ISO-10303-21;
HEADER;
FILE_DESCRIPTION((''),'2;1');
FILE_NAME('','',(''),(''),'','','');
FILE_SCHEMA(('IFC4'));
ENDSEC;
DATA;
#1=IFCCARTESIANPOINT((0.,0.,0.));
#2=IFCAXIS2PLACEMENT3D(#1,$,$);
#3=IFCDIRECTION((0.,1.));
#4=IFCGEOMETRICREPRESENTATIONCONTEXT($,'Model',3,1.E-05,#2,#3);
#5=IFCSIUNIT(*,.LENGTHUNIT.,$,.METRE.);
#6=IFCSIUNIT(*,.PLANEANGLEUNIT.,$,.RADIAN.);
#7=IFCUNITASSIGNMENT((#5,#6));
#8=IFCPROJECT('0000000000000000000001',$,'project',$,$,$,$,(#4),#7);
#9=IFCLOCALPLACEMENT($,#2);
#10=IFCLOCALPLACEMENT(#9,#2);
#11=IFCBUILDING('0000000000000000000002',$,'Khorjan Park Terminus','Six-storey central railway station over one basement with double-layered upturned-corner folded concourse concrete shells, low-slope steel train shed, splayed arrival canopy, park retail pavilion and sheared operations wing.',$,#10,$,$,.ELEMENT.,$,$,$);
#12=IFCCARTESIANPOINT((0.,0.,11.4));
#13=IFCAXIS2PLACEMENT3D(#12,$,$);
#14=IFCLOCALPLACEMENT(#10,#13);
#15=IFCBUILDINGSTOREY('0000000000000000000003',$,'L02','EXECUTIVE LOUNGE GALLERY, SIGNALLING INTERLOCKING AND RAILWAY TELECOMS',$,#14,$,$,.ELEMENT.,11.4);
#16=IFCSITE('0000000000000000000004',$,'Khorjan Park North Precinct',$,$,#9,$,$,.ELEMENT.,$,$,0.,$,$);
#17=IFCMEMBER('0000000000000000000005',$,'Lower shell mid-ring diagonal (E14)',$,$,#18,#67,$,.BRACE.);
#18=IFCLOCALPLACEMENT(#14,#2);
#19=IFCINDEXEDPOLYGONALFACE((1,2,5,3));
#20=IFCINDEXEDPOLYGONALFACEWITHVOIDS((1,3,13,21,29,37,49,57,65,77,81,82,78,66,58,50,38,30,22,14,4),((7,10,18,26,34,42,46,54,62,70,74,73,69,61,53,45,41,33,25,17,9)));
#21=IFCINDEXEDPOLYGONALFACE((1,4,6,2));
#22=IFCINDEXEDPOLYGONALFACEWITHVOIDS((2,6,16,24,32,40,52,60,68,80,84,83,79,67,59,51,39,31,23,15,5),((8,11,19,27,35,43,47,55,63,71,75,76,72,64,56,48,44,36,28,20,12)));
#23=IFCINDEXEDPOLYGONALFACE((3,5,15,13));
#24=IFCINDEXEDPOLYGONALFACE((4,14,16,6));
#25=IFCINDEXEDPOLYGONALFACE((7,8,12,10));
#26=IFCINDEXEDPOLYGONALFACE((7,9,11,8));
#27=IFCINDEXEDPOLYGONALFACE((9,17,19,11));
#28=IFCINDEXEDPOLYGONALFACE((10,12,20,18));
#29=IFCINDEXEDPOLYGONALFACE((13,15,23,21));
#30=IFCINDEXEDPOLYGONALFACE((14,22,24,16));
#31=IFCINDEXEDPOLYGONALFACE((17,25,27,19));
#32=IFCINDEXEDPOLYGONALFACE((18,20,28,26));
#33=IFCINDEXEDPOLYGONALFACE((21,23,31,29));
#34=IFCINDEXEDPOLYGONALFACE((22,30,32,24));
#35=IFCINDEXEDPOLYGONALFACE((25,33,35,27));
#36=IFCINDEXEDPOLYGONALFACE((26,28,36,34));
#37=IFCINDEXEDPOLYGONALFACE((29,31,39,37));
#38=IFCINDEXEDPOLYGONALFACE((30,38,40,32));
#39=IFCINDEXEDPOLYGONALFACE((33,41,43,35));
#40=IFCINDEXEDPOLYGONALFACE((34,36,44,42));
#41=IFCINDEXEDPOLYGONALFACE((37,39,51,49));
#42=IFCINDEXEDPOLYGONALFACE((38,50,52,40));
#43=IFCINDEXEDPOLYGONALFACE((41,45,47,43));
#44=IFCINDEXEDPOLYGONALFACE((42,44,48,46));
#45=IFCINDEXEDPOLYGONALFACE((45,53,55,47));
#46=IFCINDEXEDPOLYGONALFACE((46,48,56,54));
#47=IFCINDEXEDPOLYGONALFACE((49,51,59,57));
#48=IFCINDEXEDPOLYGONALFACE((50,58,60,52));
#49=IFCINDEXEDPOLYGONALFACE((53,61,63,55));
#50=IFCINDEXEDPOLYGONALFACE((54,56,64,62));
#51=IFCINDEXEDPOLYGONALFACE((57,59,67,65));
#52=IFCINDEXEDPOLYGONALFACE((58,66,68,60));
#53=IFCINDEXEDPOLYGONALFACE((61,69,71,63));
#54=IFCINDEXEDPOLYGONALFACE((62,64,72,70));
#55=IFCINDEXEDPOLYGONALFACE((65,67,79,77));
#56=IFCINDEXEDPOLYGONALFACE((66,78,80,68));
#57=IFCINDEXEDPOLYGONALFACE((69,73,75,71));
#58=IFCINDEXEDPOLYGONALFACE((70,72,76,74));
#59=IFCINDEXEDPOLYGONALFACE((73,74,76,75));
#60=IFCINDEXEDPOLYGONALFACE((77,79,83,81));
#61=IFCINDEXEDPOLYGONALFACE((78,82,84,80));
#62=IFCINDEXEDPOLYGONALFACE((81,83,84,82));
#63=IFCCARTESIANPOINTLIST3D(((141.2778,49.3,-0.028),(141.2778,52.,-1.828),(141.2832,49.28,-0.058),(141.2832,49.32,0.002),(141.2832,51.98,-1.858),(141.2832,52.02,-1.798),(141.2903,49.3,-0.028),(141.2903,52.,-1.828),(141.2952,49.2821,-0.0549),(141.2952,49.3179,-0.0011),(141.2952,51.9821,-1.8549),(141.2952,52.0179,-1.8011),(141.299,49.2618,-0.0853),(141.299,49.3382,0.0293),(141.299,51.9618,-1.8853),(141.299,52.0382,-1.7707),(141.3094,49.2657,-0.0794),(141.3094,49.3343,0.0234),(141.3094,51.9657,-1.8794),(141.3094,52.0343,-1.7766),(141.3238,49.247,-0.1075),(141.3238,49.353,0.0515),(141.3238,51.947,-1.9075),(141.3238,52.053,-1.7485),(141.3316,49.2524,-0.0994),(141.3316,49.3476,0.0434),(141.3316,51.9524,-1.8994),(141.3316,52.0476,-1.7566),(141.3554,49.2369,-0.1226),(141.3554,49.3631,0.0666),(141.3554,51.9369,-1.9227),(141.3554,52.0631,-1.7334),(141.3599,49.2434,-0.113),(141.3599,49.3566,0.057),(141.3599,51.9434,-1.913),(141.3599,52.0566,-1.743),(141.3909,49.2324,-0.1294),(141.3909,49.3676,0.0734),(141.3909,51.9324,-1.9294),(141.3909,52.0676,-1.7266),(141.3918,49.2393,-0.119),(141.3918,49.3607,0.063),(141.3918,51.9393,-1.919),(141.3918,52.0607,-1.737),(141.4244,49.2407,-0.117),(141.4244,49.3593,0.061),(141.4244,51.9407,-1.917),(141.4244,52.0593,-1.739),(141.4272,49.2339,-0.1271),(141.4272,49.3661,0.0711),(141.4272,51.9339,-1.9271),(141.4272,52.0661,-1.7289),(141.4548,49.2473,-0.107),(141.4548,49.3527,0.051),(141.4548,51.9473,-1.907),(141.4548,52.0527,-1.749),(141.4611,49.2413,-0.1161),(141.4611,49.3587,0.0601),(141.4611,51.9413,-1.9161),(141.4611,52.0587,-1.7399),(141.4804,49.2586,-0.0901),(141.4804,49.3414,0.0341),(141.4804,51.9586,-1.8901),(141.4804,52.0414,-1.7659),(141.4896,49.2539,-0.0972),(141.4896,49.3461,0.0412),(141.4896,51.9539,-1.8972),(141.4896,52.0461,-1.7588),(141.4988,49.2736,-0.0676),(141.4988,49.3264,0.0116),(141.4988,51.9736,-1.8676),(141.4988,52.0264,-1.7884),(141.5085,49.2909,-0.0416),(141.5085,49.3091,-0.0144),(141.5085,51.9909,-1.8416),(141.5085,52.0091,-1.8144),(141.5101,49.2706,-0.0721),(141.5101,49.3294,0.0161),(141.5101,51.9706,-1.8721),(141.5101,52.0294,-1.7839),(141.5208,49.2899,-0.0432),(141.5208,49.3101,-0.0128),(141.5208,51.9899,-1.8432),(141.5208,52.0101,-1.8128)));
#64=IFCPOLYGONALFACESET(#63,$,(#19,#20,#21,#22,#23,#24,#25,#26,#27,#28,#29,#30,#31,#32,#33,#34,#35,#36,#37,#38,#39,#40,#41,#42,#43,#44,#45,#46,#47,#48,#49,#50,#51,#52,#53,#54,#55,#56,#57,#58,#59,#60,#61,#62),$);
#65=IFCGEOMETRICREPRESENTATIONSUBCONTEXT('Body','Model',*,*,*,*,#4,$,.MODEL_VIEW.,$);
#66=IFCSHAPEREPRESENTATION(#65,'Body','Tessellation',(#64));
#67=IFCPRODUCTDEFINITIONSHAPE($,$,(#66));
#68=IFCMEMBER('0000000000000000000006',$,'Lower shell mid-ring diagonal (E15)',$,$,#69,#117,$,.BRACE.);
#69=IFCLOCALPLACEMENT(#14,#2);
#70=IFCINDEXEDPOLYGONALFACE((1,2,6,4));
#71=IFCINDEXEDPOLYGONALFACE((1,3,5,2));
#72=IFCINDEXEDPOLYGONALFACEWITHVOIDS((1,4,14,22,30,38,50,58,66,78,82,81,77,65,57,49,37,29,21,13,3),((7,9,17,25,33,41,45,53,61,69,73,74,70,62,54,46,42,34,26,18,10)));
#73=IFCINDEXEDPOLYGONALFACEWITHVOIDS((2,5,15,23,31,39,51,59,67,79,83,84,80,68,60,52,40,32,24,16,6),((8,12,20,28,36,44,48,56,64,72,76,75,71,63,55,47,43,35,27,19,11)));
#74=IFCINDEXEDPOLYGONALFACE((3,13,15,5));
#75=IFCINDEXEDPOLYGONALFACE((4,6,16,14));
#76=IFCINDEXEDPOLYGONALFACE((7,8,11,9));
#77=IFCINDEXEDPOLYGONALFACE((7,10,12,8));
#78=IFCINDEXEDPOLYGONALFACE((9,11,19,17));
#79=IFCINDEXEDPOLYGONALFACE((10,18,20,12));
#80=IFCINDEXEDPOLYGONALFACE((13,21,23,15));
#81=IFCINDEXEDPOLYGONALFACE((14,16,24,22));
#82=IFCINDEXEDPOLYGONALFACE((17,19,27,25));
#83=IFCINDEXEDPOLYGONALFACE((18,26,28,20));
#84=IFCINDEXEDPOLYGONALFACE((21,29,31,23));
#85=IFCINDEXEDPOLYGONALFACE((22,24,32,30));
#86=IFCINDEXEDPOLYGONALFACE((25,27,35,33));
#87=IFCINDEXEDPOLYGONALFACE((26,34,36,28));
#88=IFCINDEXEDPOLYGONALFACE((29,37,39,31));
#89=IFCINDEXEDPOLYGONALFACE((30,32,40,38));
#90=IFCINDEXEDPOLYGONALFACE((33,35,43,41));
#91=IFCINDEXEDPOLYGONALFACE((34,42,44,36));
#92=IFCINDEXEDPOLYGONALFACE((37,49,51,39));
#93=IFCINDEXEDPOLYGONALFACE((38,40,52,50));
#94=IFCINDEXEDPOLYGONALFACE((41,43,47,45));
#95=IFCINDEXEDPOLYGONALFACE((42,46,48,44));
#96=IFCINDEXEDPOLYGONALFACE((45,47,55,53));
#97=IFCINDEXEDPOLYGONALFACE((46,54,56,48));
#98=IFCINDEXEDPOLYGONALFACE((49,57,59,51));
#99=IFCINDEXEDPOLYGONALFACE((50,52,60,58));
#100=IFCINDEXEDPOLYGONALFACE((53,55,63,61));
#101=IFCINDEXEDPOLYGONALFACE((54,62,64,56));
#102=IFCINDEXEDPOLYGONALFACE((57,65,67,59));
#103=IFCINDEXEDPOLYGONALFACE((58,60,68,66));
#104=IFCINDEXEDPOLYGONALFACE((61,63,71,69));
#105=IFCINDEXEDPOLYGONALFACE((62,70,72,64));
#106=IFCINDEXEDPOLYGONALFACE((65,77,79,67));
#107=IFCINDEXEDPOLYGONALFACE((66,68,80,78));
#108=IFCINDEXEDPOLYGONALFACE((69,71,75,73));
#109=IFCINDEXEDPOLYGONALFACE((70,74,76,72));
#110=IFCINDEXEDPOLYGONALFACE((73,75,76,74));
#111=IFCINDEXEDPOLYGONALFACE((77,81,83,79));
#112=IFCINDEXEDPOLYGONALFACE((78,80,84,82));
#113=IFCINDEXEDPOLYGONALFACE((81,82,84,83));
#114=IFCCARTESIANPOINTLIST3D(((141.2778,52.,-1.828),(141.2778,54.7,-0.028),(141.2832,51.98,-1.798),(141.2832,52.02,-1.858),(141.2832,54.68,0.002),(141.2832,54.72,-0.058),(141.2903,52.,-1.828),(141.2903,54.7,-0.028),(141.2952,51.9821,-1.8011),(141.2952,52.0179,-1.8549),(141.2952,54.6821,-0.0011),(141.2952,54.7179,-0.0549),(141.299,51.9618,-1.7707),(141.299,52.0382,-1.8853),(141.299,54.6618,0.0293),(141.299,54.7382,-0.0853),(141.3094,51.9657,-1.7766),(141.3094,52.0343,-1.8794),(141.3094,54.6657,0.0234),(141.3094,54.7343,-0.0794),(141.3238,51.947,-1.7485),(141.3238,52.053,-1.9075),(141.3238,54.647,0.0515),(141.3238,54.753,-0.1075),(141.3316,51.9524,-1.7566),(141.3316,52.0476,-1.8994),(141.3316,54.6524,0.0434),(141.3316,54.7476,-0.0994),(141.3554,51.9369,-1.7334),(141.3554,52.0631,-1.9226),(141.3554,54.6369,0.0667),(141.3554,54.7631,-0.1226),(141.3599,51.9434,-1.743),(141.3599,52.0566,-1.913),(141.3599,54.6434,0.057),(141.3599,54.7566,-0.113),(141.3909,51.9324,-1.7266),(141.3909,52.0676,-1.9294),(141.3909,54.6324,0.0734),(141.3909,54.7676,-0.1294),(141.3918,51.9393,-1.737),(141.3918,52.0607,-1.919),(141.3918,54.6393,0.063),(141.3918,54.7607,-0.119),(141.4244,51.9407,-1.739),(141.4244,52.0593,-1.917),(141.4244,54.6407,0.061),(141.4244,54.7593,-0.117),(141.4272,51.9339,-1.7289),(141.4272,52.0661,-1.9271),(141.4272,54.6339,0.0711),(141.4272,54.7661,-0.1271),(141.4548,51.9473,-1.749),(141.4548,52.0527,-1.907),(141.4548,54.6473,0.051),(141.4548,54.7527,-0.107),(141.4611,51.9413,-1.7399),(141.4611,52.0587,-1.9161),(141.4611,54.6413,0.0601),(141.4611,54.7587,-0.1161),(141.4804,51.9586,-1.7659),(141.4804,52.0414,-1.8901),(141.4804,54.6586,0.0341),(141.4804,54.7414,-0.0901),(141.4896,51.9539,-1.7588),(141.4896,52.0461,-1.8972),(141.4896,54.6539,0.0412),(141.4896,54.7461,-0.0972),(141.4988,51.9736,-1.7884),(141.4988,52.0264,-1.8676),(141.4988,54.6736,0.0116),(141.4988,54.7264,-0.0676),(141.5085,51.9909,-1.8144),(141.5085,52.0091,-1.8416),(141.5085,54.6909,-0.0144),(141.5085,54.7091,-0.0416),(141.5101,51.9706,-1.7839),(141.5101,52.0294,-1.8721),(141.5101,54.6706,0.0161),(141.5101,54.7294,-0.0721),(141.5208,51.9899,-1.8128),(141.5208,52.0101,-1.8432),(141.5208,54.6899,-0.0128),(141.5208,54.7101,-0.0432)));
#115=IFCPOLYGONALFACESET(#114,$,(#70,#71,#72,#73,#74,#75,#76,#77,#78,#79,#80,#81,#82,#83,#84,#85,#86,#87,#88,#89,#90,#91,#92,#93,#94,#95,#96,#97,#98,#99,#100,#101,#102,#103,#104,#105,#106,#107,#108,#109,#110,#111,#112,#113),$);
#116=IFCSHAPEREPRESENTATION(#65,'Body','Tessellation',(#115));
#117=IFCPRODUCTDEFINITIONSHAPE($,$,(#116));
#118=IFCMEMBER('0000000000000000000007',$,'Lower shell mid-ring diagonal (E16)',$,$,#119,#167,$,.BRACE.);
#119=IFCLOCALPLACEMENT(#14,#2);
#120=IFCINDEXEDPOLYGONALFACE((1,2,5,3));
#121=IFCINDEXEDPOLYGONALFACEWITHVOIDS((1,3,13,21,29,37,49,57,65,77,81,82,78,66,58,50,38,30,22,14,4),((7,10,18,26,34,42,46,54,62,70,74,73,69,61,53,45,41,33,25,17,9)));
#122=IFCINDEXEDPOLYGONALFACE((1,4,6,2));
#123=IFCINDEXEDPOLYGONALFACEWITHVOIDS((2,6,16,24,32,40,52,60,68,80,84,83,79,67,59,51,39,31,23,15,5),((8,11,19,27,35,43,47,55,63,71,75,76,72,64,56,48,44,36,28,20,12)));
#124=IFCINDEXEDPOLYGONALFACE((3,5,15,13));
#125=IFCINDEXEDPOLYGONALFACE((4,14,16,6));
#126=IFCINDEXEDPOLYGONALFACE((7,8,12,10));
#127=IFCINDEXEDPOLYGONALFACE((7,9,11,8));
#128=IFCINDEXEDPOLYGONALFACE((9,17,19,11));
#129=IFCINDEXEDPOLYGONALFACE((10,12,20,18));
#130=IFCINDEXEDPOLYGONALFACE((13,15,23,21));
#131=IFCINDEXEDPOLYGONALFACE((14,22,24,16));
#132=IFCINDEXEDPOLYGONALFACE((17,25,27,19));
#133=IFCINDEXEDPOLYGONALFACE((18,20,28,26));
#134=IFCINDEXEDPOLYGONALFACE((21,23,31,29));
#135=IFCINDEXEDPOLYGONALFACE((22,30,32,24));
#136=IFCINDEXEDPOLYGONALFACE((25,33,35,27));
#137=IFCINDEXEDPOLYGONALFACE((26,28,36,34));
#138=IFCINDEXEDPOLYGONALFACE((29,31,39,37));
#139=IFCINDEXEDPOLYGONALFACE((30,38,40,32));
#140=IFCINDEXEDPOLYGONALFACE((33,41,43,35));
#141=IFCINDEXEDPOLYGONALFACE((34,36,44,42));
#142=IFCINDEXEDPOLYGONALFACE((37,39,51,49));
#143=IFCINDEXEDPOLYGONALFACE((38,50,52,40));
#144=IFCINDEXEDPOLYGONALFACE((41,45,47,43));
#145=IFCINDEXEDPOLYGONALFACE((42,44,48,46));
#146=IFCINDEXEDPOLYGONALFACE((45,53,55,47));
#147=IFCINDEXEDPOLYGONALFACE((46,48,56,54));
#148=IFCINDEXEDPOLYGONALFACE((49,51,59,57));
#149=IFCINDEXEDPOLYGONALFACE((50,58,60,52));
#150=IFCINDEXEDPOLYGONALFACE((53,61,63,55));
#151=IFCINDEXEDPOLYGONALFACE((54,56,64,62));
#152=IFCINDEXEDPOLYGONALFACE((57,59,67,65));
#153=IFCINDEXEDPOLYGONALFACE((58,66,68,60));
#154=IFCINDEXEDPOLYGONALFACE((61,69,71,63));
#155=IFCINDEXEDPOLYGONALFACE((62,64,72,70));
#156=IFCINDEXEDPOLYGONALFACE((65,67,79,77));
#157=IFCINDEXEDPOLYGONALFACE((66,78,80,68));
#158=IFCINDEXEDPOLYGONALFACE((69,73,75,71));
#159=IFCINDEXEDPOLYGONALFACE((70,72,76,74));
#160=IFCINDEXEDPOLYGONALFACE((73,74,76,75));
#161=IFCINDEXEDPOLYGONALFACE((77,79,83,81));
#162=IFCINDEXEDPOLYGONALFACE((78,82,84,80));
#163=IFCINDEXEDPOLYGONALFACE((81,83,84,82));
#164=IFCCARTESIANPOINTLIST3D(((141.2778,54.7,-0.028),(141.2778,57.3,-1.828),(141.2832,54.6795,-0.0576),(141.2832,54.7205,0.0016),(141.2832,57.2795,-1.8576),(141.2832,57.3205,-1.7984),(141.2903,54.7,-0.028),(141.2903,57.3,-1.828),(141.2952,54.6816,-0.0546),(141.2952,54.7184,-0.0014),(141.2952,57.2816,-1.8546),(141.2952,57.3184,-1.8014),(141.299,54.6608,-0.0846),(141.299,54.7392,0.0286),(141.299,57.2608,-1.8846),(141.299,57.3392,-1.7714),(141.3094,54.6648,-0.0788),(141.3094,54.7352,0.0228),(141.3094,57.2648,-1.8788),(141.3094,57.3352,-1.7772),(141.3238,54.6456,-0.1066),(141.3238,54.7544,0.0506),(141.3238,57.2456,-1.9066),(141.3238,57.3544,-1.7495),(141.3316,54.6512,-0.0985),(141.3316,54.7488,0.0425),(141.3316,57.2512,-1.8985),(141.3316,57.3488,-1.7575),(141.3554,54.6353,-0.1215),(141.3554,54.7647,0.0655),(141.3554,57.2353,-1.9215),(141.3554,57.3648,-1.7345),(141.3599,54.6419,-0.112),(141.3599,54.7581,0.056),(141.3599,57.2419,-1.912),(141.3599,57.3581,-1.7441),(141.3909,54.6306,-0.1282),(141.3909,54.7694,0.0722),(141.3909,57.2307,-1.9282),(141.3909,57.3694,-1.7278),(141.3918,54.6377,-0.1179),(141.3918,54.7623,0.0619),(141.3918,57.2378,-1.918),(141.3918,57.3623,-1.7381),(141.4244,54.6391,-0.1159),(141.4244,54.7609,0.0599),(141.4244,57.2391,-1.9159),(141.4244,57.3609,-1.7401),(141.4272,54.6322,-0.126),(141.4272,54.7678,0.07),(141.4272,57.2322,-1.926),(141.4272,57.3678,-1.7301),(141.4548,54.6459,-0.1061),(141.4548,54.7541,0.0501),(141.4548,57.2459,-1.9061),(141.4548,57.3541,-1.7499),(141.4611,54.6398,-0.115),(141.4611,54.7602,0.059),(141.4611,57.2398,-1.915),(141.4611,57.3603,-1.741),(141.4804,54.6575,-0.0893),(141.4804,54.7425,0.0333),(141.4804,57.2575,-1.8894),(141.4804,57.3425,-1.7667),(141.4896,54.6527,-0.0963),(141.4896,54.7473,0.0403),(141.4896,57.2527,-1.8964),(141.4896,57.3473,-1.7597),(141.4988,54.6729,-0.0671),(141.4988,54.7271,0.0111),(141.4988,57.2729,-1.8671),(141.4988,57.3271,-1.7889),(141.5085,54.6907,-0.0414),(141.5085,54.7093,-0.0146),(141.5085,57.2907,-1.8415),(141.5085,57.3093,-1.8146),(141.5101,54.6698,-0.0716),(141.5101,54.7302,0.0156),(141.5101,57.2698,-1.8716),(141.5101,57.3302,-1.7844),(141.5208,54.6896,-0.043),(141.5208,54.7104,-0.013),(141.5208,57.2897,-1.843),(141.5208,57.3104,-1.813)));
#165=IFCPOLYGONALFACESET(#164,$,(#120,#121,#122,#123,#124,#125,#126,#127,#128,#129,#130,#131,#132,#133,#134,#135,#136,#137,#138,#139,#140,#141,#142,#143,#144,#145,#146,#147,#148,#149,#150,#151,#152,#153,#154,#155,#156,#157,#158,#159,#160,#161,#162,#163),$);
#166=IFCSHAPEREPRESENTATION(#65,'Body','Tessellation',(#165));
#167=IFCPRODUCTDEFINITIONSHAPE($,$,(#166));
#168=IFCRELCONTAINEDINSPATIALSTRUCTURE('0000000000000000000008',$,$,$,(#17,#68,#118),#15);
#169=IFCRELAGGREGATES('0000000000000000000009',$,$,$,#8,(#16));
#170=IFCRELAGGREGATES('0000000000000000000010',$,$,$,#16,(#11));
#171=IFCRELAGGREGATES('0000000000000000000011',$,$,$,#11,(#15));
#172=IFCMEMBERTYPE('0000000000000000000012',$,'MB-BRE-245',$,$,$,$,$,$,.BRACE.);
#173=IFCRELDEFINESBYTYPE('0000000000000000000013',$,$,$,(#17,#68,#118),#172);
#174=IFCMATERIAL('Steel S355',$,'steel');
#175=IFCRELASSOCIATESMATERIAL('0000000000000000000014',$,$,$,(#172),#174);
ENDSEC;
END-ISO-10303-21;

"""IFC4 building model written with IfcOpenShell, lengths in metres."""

from ifc_helpers import new_model, si_unit, direction, frame, origin, origin_2d, place, context, subcontext, project, spatial, hollow_circle, extrude, material, material_profile, profile_set, type_object, element, save


model = new_model("IFC4")

# Units and contexts
model_context = context("Model", 3, precision=1e-05, world=origin(), true_north=direction((0.0, 1.0)))
body_context = subcontext(model_context, "Body", "Model", "MODEL_VIEW")
ifc_project = project(units=[si_unit("LENGTHUNIT", "METRE"), si_unit("PLANEANGLEUNIT", "RADIAN")], contexts=[model_context])

# Site, building, storey
site_placement = place(None, origin())
site = spatial("IfcSite", under=ifc_project, at=site_placement, Name="Khorjan Park North Precinct", CompositionType="ELEMENT", RefElevation=0.0)
building_placement = place(site_placement, origin())
building = spatial("IfcBuilding", under=site, at=building_placement, Name="Khorjan Park Terminus", Description="Six-storey central railway station over one basement with double-layered upturned-corner folded concourse concrete shells, low-slope steel train shed, splayed arrival canopy, park retail pavilion and sheared operations wing.", CompositionType="ELEMENT")
storey_placement = place(building_placement, frame((0.0, 0.0, 11.4)))
storey = spatial("IfcBuildingStorey", under=building, at=storey_placement, Name="L02", Description="EXECUTIVE LOUNGE GALLERY, SIGNALLING INTERLOCKING AND RAILWAY TELECOMS", CompositionType="ELEMENT", Elevation=11.4)

# Members
ifc_material_1 = material(Name="Steel S355", Category="steel")
ifc_material_profile_1 = material_profile(ifc_material_1, hollow_circle(Radius=0.1222, WallThickness=0.0125, at=origin_2d()), Name="CHS 244.5x12.5")
ifc_profile_set_1 = profile_set([ifc_material_profile_1], Name="Steel S355")
member_type_1 = type_object("IfcMemberType", Name="MB-BRE-245", PredefinedType="BRACE", material=ifc_profile_set_1)
for number, where, z_axis, x_axis, name in (
    (1, (141.4, 49.3, -0.028), (0.0, 0.83205, -0.5547), (-1.0, 0.0, 0.0), "Lower shell mid-ring diagonal (E14)"),
    (2, (141.4, 52.0, -1.828), (0.0, 0.83205, 0.5547), (-1.0, 0.0, 0.0), "Lower shell mid-ring diagonal (E15)"),
):
    element("IfcMember", number, at=place(storey_placement, frame(where, z_axis=z_axis, x_axis=x_axis)), inside=storey, type_object=member_type_1, Name=name, PredefinedType="BRACE", context=body_context, shape_type="SweptSolid", body=[
        extrude(hollow_circle(Radius=0.1222, WallThickness=0.0125, at=origin_2d()), origin(), (0.0, 0.0, 1.0), 3.245),
    ])
member_1_placement = place(storey_placement, frame((141.4, 54.7, -0.028), z_axis=(0.0, 0.822192, -0.56921), x_axis=(-1.0, 0.0, 0.0)))
element("IfcMember", 3, at=member_1_placement, inside=storey, type_object=member_type_1, Name="Lower shell mid-ring diagonal (E16)", PredefinedType="BRACE", context=body_context, shape_type="SweptSolid", body=[
    extrude(hollow_circle(Radius=0.1222, WallThickness=0.0125, at=origin_2d()), origin(), (0.0, 0.0, 1.0), 3.1623),
])

save(model, "model.ifc")
